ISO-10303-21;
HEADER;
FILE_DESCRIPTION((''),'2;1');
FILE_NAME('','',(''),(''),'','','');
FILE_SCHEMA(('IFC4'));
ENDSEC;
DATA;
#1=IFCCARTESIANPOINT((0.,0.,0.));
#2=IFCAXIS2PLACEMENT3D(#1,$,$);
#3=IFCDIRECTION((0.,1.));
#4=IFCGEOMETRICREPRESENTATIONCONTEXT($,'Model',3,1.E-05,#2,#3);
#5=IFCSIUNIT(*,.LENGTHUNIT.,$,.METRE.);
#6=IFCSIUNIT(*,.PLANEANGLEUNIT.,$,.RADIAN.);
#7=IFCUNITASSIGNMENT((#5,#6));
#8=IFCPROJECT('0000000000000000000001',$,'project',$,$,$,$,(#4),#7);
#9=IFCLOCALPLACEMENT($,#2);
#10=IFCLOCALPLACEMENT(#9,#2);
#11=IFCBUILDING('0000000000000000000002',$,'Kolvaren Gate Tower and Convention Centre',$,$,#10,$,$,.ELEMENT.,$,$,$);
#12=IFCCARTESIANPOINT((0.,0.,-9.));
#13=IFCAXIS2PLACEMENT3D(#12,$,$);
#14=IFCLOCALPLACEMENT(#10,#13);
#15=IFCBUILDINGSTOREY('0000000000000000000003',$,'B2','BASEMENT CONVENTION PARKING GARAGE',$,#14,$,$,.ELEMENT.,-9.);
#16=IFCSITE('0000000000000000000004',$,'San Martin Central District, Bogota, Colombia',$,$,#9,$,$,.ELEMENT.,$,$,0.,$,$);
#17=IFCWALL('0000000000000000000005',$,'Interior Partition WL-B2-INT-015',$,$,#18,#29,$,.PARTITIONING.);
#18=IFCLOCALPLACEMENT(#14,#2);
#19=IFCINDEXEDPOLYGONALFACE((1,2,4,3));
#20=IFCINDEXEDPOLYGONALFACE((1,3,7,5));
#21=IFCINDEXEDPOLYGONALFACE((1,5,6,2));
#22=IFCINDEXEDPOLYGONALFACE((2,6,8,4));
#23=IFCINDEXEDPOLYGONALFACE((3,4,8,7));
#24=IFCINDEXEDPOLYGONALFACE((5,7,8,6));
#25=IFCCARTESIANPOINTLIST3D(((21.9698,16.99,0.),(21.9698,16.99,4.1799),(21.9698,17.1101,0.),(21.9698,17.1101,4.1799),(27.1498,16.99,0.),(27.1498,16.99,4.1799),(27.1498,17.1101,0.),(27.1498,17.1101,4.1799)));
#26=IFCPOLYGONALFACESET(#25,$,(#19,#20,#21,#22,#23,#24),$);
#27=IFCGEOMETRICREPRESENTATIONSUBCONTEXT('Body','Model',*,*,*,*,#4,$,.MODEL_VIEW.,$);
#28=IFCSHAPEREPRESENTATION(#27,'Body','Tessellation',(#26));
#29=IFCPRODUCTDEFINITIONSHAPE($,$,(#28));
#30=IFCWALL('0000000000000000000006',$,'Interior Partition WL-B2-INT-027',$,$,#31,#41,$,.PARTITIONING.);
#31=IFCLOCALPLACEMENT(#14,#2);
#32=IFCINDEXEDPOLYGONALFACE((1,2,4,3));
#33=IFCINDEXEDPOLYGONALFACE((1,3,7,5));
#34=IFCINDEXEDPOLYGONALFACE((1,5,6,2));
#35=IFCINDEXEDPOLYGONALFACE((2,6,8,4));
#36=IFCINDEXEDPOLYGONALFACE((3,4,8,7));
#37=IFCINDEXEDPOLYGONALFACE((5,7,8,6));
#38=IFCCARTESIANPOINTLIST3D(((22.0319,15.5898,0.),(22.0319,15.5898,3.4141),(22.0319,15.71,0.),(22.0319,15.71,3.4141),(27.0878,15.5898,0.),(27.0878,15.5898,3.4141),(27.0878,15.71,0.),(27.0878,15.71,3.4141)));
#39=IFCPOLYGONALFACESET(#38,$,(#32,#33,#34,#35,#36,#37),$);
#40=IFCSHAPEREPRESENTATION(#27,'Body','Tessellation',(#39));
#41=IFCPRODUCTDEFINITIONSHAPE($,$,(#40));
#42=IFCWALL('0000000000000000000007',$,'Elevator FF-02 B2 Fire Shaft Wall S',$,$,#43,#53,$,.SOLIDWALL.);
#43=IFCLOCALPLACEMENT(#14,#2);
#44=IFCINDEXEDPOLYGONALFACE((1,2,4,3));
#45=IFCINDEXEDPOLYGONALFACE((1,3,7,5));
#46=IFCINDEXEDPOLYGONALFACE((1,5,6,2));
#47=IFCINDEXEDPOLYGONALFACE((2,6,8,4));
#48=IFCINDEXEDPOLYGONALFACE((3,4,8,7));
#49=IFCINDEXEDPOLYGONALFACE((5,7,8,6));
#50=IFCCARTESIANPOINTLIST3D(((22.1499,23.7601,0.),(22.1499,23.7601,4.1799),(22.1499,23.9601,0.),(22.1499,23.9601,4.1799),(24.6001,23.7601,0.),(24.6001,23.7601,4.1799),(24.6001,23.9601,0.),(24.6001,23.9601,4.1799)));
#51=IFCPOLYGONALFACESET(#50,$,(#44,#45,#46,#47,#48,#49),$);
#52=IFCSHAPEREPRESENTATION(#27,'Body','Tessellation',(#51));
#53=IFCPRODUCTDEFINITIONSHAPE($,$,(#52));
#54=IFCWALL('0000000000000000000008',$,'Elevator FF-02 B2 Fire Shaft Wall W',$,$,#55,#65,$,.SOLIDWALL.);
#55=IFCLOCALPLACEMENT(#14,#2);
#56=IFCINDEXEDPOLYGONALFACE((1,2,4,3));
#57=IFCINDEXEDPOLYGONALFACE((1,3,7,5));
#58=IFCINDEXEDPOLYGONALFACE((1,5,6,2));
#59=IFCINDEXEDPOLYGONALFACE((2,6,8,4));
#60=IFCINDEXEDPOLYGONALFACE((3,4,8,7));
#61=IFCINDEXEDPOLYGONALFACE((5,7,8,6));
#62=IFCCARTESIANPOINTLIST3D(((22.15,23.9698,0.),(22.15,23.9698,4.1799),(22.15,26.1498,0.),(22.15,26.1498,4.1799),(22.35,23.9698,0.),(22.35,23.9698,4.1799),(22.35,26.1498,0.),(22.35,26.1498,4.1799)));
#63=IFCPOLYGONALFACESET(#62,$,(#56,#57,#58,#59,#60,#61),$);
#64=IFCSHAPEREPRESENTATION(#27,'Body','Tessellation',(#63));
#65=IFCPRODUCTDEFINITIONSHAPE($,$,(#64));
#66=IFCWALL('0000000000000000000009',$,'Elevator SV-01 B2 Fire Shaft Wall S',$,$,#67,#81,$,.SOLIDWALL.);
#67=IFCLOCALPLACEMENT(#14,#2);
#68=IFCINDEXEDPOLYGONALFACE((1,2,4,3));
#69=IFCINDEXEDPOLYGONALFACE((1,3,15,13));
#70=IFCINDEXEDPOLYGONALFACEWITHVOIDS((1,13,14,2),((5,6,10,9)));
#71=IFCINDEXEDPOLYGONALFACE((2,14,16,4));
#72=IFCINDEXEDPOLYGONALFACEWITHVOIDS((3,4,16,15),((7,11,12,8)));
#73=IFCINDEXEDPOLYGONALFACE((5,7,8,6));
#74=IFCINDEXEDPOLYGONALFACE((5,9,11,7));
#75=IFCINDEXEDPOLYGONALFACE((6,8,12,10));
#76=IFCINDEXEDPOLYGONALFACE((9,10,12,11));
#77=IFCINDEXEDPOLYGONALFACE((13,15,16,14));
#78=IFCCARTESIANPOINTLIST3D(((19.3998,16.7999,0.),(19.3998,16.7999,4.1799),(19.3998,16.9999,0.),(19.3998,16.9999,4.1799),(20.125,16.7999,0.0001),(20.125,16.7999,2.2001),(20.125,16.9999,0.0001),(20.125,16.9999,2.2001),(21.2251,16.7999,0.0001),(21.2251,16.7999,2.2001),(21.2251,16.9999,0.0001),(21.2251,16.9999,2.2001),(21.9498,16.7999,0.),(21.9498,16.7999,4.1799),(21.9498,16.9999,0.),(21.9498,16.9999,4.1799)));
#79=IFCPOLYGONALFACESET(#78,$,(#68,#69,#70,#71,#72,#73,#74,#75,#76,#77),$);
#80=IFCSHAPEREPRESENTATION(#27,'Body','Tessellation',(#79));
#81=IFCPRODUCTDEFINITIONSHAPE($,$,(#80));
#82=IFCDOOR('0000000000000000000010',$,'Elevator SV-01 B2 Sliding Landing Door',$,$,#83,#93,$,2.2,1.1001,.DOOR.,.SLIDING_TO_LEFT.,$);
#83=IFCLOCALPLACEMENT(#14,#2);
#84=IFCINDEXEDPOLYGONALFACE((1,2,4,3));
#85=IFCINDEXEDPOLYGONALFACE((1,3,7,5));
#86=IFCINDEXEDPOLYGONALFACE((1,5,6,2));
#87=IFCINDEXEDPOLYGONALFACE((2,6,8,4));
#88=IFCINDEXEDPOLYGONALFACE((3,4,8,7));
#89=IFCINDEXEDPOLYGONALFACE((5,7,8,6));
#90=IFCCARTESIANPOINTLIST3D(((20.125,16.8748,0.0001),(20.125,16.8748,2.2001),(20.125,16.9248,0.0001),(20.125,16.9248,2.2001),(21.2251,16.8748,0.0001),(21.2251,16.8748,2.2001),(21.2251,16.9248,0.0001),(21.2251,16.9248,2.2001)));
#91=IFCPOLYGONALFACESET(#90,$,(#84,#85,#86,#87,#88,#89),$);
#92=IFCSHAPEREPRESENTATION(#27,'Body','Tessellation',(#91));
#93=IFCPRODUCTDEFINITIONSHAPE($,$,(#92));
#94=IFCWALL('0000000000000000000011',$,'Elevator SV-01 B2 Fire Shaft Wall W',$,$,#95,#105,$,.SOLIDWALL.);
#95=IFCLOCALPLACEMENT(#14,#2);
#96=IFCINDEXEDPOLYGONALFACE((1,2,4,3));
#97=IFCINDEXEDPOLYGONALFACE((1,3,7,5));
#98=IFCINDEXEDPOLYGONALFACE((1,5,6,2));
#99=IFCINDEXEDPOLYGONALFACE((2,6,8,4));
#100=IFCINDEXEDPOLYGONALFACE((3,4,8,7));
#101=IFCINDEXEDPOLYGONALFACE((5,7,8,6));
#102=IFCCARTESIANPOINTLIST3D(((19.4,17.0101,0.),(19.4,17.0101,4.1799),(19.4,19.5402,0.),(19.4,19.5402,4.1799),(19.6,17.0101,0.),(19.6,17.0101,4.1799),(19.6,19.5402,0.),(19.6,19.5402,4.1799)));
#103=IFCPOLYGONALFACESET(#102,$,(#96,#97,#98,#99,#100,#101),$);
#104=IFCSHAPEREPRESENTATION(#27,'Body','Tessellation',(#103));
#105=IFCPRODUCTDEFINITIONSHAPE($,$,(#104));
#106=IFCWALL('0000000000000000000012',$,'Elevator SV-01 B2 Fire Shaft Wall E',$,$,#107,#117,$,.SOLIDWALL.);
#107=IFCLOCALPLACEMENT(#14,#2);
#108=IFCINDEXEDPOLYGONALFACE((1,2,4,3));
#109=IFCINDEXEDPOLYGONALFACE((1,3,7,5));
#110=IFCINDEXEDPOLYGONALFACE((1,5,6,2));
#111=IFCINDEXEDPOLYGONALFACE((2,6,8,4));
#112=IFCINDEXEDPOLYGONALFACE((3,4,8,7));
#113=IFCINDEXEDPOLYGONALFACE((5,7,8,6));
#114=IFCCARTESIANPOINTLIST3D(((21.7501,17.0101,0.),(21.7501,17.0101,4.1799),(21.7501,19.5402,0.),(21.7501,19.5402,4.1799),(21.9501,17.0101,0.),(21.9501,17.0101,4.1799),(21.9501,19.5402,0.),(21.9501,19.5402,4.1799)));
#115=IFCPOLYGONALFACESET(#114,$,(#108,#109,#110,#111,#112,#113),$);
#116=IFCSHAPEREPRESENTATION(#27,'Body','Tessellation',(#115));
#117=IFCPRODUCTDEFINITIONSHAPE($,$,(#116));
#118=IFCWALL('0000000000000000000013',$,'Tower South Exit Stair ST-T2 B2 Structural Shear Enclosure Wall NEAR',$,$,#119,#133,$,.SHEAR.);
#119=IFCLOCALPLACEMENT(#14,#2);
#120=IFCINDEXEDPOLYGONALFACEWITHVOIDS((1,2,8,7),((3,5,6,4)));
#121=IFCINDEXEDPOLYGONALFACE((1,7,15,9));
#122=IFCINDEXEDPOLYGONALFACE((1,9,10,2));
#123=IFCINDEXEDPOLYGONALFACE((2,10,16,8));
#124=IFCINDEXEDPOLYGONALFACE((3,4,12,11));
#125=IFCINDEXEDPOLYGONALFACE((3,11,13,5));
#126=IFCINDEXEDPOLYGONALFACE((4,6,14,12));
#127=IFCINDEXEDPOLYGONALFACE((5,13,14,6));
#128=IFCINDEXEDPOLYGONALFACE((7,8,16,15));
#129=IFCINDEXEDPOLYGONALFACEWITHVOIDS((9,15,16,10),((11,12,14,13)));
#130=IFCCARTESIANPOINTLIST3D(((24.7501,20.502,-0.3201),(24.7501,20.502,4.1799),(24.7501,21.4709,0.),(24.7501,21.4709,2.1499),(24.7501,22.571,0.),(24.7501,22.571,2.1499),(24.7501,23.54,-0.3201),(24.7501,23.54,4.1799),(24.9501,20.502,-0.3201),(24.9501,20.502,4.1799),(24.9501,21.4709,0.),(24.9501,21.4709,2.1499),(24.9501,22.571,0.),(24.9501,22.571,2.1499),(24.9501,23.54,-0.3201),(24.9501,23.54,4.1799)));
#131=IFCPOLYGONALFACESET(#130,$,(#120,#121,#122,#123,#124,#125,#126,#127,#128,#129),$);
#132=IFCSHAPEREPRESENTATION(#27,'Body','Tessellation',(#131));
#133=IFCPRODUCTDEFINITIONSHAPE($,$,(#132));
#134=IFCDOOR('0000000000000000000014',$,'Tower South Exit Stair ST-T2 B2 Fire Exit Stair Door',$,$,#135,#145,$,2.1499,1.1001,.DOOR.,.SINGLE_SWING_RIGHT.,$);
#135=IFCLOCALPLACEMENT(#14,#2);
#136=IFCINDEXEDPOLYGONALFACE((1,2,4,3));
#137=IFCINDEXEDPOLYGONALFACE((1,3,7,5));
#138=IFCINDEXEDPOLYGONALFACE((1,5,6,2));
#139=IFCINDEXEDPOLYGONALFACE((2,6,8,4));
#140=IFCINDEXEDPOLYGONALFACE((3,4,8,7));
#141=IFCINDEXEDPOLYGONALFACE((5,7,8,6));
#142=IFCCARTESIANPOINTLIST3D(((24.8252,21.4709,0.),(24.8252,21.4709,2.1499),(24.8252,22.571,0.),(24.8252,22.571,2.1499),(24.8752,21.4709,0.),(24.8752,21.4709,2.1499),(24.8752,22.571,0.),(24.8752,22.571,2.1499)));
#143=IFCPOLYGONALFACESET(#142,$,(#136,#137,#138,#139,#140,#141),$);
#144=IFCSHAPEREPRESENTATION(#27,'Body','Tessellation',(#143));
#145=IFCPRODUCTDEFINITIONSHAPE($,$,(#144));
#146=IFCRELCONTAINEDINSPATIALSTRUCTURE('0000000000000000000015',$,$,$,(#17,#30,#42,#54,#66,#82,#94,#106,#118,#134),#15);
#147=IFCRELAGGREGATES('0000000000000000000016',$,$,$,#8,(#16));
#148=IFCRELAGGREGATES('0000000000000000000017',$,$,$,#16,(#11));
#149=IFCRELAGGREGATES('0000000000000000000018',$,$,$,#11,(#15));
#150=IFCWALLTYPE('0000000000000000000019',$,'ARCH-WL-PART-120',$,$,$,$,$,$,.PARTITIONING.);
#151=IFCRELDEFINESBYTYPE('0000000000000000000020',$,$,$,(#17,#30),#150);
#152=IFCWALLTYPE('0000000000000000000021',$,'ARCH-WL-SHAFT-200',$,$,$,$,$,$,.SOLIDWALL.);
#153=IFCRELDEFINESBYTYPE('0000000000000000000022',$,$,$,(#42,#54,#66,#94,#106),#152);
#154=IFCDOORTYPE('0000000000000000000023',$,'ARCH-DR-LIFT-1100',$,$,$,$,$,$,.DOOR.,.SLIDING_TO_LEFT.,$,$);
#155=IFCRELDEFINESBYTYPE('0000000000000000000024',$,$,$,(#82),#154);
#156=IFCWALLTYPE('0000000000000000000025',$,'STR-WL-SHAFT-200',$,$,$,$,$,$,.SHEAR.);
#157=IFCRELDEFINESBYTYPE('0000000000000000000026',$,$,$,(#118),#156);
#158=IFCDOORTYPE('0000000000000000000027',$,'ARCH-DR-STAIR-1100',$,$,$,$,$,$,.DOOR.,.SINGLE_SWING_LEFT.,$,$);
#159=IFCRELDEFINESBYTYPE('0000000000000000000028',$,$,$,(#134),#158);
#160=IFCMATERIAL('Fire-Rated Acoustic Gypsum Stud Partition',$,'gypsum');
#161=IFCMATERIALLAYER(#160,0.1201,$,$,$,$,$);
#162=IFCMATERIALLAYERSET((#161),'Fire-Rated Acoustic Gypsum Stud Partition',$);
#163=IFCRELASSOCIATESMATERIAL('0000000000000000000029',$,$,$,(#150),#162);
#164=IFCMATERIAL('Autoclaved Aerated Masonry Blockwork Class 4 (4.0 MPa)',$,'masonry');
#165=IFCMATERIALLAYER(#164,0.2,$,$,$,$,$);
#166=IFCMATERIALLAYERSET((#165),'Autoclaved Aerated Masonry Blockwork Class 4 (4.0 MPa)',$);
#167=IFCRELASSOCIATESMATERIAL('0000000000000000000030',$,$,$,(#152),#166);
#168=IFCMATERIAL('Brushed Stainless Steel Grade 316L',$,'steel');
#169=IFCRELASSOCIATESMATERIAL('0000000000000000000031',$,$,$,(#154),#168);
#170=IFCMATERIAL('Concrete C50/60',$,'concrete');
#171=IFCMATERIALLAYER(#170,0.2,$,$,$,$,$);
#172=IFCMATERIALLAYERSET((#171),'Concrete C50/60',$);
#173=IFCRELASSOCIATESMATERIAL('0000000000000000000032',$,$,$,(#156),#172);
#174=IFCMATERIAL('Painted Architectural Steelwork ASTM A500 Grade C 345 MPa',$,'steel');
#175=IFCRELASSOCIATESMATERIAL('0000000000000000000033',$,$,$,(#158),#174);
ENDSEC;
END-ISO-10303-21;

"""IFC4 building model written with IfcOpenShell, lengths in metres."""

from ifc_helpers import new_model, si_unit, direction, frame, frame_2d, origin, place, context, subcontext, project, spatial, rectangle, extrude, material, layer, layer_set, type_object, element, fill, save


model = new_model("IFC4")

# Units and contexts
model_context = context("Model", 3, precision=1e-05, world=origin(), true_north=direction((0.0, 1.0)))
body_context = subcontext(model_context, "Body", "Model", "MODEL_VIEW")
ifc_project = project(units=[si_unit("LENGTHUNIT", "METRE"), si_unit("PLANEANGLEUNIT", "RADIAN")], contexts=[model_context])

# Site, building, storey
site_placement = place(None, origin())
site = spatial("IfcSite", under=ifc_project, at=site_placement, Name="San Martin Central District, Bogota, Colombia", CompositionType="ELEMENT", RefElevation=0.0)
building_placement = place(site_placement, origin())
building = spatial("IfcBuilding", under=site, at=building_placement, Name="Kolvaren Gate Tower and Convention Centre", CompositionType="ELEMENT")
storey_placement = place(building_placement, frame((0.0, 0.0, -9.0)))
storey = spatial("IfcBuildingStorey", under=building, at=storey_placement, Name="B2", Description="BASEMENT CONVENTION PARKING GARAGE", CompositionType="ELEMENT", Elevation=-9.0)

# Walls
ifc_material_1 = material(Name="Autoclaved Aerated Masonry Blockwork Class 4 (4.0 MPa)", Category="masonry")
ifc_material_2 = material(Name="Fire-Rated Acoustic Gypsum Stud Partition", Category="gypsum")
ifc_layer_1 = layer(ifc_material_2, 0.1201)
ifc_layer_set_1 = layer_set([ifc_layer_1], Name="Fire-Rated Acoustic Gypsum Stud Partition")
wall_type_1 = type_object("IfcWallType", Name="ARCH-WL-PART-120", PredefinedType="PARTITIONING", material=ifc_layer_set_1)
wall_1_placement = place(storey_placement, frame((21.97, 17.05, 0.0), z_axis=(0.0, 0.0, 1.0), x_axis=(1.0, 0.0, 0.0)))
element("IfcWall", 1, at=wall_1_placement, inside=storey, type_object=wall_type_1, Name="Interior Partition WL-B2-INT-015", PredefinedType="PARTITIONING", context=body_context, shape_type="SweptSolid", body=[
    extrude(rectangle(XDim=5.1799, YDim=0.1201, at=frame_2d((2.5898, 0.0))), origin(), (0.0, 0.0, 1.0), 4.1799),
])
wall_2_placement = place(storey_placement, frame((22.032, 15.6499, 0.0), z_axis=(0.0, 0.0, 1.0), x_axis=(1.0, 0.0, 0.0)))
element("IfcWall", 2, at=wall_2_placement, inside=storey, type_object=wall_type_1, Name="Interior Partition WL-B2-INT-027", PredefinedType="PARTITIONING", context=body_context, shape_type="SweptSolid", body=[
    extrude(rectangle(XDim=5.0559, YDim=0.1201, at=frame_2d((2.5278, 0.0))), origin(), (0.0, 0.0, 1.0), 3.4141),
])
ifc_layer_2 = layer(ifc_material_1, 0.2)
ifc_layer_set_2 = layer_set([ifc_layer_2], Name="Autoclaved Aerated Masonry Blockwork Class 4 (4.0 MPa)")
wall_type_2 = type_object("IfcWallType", Name="ARCH-WL-SHAFT-200", PredefinedType="SOLIDWALL", material=ifc_layer_set_2)
wall_3_placement = place(storey_placement, frame((22.1499, 23.8601, 0.0), z_axis=(0.0, 0.0, 1.0), x_axis=(1.0, 0.0, 0.0)))
element("IfcWall", 3, at=wall_3_placement, inside=storey, type_object=wall_type_2, Name="Elevator FF-02 B2 Fire Shaft Wall S", PredefinedType="SOLIDWALL", context=body_context, shape_type="SweptSolid", body=[
    extrude(rectangle(XDim=2.4502, YDim=0.2, at=frame_2d((1.2251, 0.0))), origin(), (0.0, 0.0, 1.0), 4.1799),
])
wall_4_placement = place(storey_placement, frame((22.25, 23.97, 0.0), z_axis=(0.0, 0.0, 1.0), x_axis=(0.0, 1.0, 0.0)))
element("IfcWall", 4, at=wall_4_placement, inside=storey, type_object=wall_type_2, Name="Elevator FF-02 B2 Fire Shaft Wall W", PredefinedType="SOLIDWALL", context=body_context, shape_type="SweptSolid", body=[
    extrude(rectangle(XDim=2.1799, YDim=0.2, at=frame_2d((1.0898, 0.0))), origin(), (0.0, 0.0, 1.0), 4.1799),
])

# Wall, opening, door
wall_5_placement = place(storey_placement, frame((19.3999, 16.8999, 0.0), z_axis=(0.0, 0.0, 1.0), x_axis=(1.0, 0.0, 0.0)))
wall_5 = element("IfcWall", 5, at=wall_5_placement, inside=storey, type_object=wall_type_2, Name="Elevator SV-01 B2 Fire Shaft Wall S", PredefinedType="SOLIDWALL", context=body_context, shape_type="SweptSolid", body=[
    extrude(rectangle(XDim=2.55, YDim=0.2, at=frame_2d((1.2749, 0.0))), origin(), (0.0, 0.0, 1.0), 4.1799),
])
opening_1_placement = place(wall_5_placement, frame((0.7251, 0.0, 0.0)))
opening_1 = element("IfcOpeningElement", 6, at=opening_1_placement, cuts=wall_5, PredefinedType="OPENING", context=body_context, shape_type="SweptSolid", body=[
    extrude(rectangle(XDim=1.1001, YDim=2.2, at=frame_2d((0.55, 1.1001))), frame((0.0, 0.1099, 0.0), z_axis=(0.0, -1.0, 0.0), x_axis=(1.0, 0.0, 0.0)), (0.0, 0.0, 1.0), 0.22),
])
ifc_material_3 = material(Name="Brushed Stainless Steel Grade 316L", Category="steel")
door_type_1 = type_object("IfcDoorType", Name="ARCH-DR-LIFT-1100", OperationType="SLIDING_TO_LEFT", PredefinedType="DOOR", material=ifc_material_3)
door_1_placement = place(opening_1_placement, origin())
door_1 = element("IfcDoor", 7, at=door_1_placement, inside=storey, type_object=door_type_1, Name="Elevator SV-01 B2 Sliding Landing Door", OperationType="SLIDING_TO_LEFT", OverallHeight=2.2, OverallWidth=1.1001, PredefinedType="DOOR", context=body_context, shape_type="SweptSolid", body=[
    extrude(rectangle(XDim=1.1001, YDim=2.2, at=frame_2d((0.55, 1.1001))), frame((0.0, 0.0249, 0.0), z_axis=(0.0, -1.0, 0.0), x_axis=(1.0, 0.0, 0.0)), (0.0, 0.0, 1.0), 0.05),
])
fill(opening_1, door_1)

# Walls
for number, where, z_axis, x_axis, name in (
    (8, (19.5, 17.01, 0.0), (0.0, 0.0, 1.0), (0.0, 1.0, 0.0), "Elevator SV-01 B2 Fire Shaft Wall W"),
    (9, (21.8501, 17.01, 0.0), (0.0, 0.0, 1.0), (0.0, 1.0, 0.0), "Elevator SV-01 B2 Fire Shaft Wall E"),
):
    element("IfcWall", number, at=place(storey_placement, frame(where, z_axis=z_axis, x_axis=x_axis)), inside=storey, type_object=wall_type_2, Name=name, PredefinedType="SOLIDWALL", context=body_context, shape_type="SweptSolid", body=[
        extrude(rectangle(XDim=2.53, YDim=0.2, at=frame_2d((1.2651, 0.0))), origin(), (0.0, 0.0, 1.0), 4.1799),
    ])

# Wall, opening, door
ifc_material_4 = material(Name="Concrete C50/60", Category="concrete")
ifc_layer_3 = layer(ifc_material_4, 0.2)
ifc_layer_set_3 = layer_set([ifc_layer_3], Name="Concrete C50/60")
wall_type_3 = type_object("IfcWallType", Name="STR-WL-SHAFT-200", PredefinedType="SHEAR", material=ifc_layer_set_3)
wall_6_placement = place(storey_placement, frame((24.8501, 20.502, -0.3201), z_axis=(0.0, 0.0, 1.0), x_axis=(0.0, 1.0, 0.0)))
wall_6 = element("IfcWall", 10, at=wall_6_placement, inside=storey, type_object=wall_type_3, Name="Tower South Exit Stair ST-T2 B2 Structural Shear Enclosure Wall NEAR", PredefinedType="SHEAR", context=body_context, shape_type="SweptSolid", body=[
    extrude(rectangle(XDim=3.0381, YDim=0.2, at=frame_2d((1.519, 0.0))), origin(), (0.0, 0.0, 1.0), 4.5),
])
opening_2_placement = place(wall_6_placement, frame((0.969, 0.0, 0.3201)))
opening_2 = element("IfcOpeningElement", 11, at=opening_2_placement, cuts=wall_6, PredefinedType="OPENING", context=body_context, shape_type="SweptSolid", body=[
    extrude(rectangle(XDim=1.1001, YDim=2.1499, at=frame_2d((0.55, 1.075))), frame((0.0, 0.1099, 0.0), z_axis=(0.0, -1.0, 0.0), x_axis=(1.0, 0.0, 0.0)), (0.0, 0.0, 1.0), 0.22),
])
ifc_material_5 = material(Name="Painted Architectural Steelwork ASTM A500 Grade C 345 MPa", Category="steel")
door_type_2 = type_object("IfcDoorType", Name="ARCH-DR-STAIR-1100", OperationType="SINGLE_SWING_LEFT", PredefinedType="DOOR", material=ifc_material_5)
door_2_placement = place(opening_2_placement, origin())
door_2 = element("IfcDoor", 12, at=door_2_placement, inside=storey, type_object=door_type_2, Name="Tower South Exit Stair ST-T2 B2 Fire Exit Stair Door", OperationType="SINGLE_SWING_RIGHT", OverallHeight=2.1499, OverallWidth=1.1001, PredefinedType="DOOR", context=body_context, shape_type="SweptSolid", body=[
    extrude(rectangle(XDim=1.1001, YDim=2.1499, at=frame_2d((0.55, 1.075))), frame((0.0, 0.0249, 0.0), z_axis=(0.0, -1.0, 0.0), x_axis=(1.0, 0.0, 0.0)), (0.0, 0.0, 1.0), 0.05),
])
fill(opening_2, door_2)

save(model, "model.ifc")
